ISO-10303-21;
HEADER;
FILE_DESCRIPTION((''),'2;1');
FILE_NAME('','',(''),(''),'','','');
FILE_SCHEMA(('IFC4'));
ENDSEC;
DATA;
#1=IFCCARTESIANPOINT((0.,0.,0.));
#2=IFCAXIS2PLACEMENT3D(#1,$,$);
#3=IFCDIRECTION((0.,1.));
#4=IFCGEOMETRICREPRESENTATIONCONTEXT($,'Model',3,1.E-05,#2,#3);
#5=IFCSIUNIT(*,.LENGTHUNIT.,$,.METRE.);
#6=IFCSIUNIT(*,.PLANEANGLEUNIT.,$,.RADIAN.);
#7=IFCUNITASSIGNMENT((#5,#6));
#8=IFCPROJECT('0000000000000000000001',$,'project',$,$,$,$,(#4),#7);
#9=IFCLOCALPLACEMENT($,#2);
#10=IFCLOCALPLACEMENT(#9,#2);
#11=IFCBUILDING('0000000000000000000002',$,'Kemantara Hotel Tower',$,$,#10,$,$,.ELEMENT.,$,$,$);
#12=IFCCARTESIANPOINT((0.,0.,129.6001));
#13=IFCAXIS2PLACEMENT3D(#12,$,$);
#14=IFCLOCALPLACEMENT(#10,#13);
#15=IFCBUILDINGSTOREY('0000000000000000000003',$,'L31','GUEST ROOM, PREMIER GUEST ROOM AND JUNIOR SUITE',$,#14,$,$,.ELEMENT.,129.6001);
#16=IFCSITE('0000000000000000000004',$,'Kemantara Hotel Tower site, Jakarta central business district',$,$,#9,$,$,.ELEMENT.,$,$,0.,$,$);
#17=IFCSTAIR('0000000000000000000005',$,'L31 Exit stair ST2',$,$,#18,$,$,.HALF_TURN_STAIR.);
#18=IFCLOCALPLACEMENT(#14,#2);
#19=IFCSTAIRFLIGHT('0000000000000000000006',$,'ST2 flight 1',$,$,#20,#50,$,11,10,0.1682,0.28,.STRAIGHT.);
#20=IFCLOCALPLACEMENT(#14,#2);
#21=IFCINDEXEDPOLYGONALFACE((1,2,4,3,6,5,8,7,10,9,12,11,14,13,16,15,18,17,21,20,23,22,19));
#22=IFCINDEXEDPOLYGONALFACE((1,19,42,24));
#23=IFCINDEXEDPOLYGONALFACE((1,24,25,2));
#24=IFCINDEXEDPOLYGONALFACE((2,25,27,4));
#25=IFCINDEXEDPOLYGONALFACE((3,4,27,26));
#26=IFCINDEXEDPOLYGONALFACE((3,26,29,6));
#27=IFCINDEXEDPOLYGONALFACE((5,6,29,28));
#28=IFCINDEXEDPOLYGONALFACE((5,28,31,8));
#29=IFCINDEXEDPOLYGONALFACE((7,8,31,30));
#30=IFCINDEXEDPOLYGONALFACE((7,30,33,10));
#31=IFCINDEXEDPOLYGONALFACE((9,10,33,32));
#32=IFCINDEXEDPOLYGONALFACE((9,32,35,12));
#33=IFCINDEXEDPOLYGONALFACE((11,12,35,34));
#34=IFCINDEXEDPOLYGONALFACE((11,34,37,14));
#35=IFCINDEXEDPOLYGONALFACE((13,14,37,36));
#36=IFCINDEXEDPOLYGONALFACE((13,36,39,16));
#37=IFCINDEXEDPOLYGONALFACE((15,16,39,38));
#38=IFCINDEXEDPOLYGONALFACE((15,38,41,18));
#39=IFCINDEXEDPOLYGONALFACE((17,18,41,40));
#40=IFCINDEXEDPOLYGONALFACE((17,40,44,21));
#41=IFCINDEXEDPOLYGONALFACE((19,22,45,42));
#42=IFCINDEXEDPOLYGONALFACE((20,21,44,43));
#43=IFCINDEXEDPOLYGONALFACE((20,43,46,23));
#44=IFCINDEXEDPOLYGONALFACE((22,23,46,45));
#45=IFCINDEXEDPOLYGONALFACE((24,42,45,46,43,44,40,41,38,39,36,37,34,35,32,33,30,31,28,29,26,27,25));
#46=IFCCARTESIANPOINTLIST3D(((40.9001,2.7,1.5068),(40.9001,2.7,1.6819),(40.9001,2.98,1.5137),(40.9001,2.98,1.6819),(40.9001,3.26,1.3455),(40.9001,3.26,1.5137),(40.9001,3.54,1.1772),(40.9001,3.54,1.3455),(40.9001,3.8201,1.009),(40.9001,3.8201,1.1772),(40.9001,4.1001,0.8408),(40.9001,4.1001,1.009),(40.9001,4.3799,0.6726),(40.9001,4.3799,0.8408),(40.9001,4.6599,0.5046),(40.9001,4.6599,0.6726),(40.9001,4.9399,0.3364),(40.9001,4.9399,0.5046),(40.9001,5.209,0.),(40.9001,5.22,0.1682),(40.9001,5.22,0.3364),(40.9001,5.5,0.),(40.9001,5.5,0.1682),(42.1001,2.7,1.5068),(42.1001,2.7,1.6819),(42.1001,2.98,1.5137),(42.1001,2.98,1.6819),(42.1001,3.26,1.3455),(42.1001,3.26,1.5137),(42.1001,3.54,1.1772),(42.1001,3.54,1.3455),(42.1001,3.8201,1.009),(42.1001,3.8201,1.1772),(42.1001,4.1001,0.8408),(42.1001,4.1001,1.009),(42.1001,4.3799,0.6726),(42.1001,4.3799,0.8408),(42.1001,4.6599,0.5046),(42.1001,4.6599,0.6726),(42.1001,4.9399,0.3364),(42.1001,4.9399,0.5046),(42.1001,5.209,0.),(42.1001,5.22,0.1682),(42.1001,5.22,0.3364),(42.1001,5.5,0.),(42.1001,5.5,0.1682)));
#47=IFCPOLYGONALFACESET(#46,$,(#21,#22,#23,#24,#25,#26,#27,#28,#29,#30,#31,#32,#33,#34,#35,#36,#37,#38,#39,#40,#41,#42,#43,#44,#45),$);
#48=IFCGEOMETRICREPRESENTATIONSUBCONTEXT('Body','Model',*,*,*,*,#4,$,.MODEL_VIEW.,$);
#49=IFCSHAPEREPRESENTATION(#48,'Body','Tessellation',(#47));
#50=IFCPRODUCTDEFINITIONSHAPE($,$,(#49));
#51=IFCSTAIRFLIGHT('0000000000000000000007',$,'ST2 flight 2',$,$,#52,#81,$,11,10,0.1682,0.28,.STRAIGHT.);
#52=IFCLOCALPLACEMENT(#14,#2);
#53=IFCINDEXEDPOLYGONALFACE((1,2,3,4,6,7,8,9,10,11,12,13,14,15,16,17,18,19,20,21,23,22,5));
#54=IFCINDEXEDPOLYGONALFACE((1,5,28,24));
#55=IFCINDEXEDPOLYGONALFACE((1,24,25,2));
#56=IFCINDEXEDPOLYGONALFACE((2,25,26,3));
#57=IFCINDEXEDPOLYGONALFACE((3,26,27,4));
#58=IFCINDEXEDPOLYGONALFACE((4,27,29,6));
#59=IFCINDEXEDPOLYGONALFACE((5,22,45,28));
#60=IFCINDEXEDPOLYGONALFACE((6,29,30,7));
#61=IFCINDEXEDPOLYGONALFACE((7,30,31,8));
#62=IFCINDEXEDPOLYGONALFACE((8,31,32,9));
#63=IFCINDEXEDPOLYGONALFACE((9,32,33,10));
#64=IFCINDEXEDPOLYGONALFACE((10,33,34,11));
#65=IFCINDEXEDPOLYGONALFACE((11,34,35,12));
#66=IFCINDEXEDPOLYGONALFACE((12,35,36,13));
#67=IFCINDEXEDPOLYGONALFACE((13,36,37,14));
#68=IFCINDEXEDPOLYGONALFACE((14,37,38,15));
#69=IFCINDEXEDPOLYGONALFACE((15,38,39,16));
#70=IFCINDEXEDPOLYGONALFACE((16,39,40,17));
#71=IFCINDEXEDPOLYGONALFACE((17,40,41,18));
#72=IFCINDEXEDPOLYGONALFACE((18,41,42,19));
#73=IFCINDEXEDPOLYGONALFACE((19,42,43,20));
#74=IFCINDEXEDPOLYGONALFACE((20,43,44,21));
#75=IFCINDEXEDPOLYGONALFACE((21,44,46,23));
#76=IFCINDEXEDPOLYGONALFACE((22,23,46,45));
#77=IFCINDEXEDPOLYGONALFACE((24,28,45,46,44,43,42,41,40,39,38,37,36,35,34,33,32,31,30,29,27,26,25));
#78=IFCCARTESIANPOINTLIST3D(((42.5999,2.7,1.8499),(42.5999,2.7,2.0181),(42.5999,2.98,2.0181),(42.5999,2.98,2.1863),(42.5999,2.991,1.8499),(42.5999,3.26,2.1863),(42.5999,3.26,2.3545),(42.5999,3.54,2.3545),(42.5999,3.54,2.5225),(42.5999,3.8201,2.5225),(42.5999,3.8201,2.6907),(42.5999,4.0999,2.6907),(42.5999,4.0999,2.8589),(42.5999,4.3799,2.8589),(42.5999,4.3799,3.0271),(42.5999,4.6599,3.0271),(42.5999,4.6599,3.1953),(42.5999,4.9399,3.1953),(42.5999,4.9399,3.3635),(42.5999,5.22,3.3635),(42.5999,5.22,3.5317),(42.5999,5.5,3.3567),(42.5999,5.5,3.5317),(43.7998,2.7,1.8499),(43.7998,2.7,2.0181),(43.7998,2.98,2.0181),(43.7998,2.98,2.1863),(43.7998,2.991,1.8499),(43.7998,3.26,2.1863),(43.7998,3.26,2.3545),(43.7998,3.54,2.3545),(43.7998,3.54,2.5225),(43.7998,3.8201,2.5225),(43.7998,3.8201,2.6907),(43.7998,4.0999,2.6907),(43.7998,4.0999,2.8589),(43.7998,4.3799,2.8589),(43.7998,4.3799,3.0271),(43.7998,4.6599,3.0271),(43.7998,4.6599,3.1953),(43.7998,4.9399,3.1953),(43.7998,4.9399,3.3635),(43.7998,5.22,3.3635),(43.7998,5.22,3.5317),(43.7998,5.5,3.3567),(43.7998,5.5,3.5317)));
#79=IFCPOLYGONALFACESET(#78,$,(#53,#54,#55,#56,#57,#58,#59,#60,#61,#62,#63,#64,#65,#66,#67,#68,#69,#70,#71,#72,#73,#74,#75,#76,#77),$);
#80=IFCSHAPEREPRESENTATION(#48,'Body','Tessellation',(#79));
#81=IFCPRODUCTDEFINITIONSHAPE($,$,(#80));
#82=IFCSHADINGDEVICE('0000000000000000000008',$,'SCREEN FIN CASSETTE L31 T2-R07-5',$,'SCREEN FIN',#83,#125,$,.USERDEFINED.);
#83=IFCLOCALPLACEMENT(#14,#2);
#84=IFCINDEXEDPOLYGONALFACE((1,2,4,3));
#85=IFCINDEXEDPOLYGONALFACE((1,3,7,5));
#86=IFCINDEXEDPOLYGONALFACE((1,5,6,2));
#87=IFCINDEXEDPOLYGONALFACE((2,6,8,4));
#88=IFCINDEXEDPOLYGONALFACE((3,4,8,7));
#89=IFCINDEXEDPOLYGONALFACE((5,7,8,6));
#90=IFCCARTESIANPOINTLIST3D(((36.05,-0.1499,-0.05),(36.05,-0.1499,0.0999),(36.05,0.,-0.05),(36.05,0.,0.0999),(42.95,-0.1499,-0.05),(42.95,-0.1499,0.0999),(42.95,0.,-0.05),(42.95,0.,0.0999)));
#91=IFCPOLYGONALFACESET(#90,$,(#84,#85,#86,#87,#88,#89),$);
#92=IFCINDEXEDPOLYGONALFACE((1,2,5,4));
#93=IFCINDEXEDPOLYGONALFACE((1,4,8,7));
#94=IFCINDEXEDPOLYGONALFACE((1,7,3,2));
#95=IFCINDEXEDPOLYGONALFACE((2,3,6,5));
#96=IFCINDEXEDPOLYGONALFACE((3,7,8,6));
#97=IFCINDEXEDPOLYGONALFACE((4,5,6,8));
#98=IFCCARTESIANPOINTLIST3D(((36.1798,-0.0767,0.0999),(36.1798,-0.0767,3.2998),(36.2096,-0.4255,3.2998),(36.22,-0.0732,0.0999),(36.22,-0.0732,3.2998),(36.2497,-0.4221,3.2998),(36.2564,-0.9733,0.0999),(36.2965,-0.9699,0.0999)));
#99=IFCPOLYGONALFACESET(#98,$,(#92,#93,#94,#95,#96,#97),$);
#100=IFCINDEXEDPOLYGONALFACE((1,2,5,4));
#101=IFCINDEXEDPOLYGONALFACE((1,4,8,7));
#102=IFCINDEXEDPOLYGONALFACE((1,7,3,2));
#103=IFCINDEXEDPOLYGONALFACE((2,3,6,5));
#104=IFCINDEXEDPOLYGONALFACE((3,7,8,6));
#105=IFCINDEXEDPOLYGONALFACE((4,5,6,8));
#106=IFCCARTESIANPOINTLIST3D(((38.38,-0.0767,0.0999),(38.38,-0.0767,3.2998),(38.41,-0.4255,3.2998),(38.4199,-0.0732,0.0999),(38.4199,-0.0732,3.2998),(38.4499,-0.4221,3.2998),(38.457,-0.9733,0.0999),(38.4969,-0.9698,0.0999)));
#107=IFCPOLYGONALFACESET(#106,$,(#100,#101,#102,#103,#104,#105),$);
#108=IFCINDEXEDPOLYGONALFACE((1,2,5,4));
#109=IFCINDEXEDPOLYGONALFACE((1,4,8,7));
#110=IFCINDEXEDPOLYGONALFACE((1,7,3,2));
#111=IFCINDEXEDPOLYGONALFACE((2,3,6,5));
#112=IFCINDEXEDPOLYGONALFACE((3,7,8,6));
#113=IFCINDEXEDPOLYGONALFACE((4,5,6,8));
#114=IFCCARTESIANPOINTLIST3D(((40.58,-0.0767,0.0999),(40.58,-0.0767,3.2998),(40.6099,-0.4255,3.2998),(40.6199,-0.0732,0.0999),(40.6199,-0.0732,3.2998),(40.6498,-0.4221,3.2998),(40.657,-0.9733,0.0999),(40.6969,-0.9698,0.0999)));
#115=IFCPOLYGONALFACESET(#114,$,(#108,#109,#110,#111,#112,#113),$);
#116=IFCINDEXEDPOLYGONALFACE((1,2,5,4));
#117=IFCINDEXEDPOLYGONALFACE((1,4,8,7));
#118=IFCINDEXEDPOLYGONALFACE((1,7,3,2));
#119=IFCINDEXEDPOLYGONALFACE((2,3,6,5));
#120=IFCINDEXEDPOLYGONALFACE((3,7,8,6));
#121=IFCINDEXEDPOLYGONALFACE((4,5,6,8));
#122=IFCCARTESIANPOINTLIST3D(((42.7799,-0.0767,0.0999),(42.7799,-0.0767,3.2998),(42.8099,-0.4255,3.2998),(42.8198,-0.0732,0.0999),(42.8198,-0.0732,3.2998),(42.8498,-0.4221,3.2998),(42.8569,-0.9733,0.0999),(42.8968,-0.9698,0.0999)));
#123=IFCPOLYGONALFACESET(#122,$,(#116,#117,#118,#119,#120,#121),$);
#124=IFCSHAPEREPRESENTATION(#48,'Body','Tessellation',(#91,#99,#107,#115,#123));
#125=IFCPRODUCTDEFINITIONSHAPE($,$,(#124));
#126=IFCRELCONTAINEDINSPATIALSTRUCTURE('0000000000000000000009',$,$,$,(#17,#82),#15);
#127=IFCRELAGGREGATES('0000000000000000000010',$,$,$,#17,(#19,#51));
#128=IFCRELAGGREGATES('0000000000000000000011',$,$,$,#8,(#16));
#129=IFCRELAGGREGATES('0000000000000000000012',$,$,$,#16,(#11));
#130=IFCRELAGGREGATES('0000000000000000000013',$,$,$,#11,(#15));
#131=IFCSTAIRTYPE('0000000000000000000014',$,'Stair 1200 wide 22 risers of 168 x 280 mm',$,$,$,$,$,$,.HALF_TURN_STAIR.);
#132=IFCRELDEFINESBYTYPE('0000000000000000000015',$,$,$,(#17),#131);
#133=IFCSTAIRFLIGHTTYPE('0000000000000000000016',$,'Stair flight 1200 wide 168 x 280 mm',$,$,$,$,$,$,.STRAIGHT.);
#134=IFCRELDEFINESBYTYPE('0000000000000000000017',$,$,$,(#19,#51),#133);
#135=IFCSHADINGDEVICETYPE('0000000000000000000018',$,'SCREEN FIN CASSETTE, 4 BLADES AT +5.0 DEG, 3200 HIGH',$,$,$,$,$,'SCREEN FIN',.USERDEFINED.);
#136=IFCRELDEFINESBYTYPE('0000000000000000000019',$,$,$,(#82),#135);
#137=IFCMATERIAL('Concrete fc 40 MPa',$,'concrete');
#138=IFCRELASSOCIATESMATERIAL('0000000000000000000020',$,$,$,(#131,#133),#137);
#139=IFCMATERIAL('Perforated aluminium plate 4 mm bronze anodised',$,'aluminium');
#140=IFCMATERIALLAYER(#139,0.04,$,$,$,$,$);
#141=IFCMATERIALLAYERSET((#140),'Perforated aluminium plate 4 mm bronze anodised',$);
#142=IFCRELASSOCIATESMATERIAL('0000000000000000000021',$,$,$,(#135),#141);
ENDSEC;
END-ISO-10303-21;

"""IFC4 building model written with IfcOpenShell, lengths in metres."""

from ifc_helpers import new_model, si_unit, direction, frame, origin, origin_2d, place, context, subcontext, project, spatial, polyline, rectangle, outline, extrude, source, transform, mapped, material, layer, layer_set, type_object, element, aggregate, save


model = new_model("IFC4")

# Units and contexts
model_context = context("Model", 3, precision=1e-05, world=origin(), true_north=direction((0.0, 1.0)))
body_context = subcontext(model_context, "Body", "Model", "MODEL_VIEW")
ifc_project = project(units=[si_unit("LENGTHUNIT", "METRE"), si_unit("PLANEANGLEUNIT", "RADIAN")], contexts=[model_context])

# Site, building, storey
site_placement = place(None, origin())
site = spatial("IfcSite", under=ifc_project, at=site_placement, Name="Kemantara Hotel Tower site, Jakarta central business district", CompositionType="ELEMENT", RefElevation=0.0)
building_placement = place(site_placement, origin())
building = spatial("IfcBuilding", under=site, at=building_placement, Name="Kemantara Hotel Tower", CompositionType="ELEMENT")
storey_placement = place(building_placement, frame((0.0, 0.0, 129.6001)))
storey = spatial("IfcBuildingStorey", under=building, at=storey_placement, Name="L31", Description="GUEST ROOM, PREMIER GUEST ROOM AND JUNIOR SUITE", CompositionType="ELEMENT", Elevation=129.6001)

# Stair, stair flights
ifc_material_1 = material(Name="Concrete fc 40 MPa", Category="concrete")
stair_type = type_object("IfcStairType", Name="Stair 1200 wide 22 risers of 168 x 280 mm", PredefinedType="HALF_TURN_STAIR", material=ifc_material_1)
stair_placement = place(storey_placement, origin())
stair = element("IfcStair", 1, at=stair_placement, inside=storey, type_object=stair_type, Name="L31 Exit stair ST2", PredefinedType="HALF_TURN_STAIR")
stair_flight_type = type_object("IfcStairFlightType", Name="Stair flight 1200 wide 168 x 280 mm", PredefinedType="STRAIGHT", material=ifc_material_1)
stair_flight_1_placement = place(storey_placement, frame((41.5, 5.5, 0.0), z_axis=(0.0, 0.0, 1.0), x_axis=(0.0, -1.0, 0.0)))
stair_flight_1 = element("IfcStairFlight", 2, at=stair_flight_1_placement, type_object=stair_flight_type, Name="ST2 flight 1", NumberOfRisers=11, NumberOfTreads=10, PredefinedType="STRAIGHT", RiserHeight=0.1682, TreadLength=0.28, context=body_context, shape_type="SweptSolid", body=[
    extrude(outline(polyline([(0.0, 0.0), (0.0, 0.1682), (0.28, 0.1682), (0.28, 0.3364), (0.5601, 0.3364), (0.5601, 0.5046), (0.8401, 0.5046), (0.8401, 0.6726), (1.1201, 0.6726), (1.1201, 0.8408), (1.3999, 0.8408), (1.3999, 1.009), (1.6799, 1.009), (1.6799, 1.1772), (1.96, 1.1772), (1.96, 1.3455), (2.24, 1.3455), (2.24, 1.5137), (2.52, 1.5137), (2.52, 1.6819), (2.8, 1.6819), (2.8, 1.8501), (2.8, 1.5068), (0.291, 0.0), (0.0, 0.0)])), frame((0.0, 0.6001, 0.0), z_axis=(0.0, -1.0, 0.0), x_axis=(1.0, 0.0, 0.0)), (0.0, 0.0, 1.0), 1.2),
])
stair_flight_2_placement = place(storey_placement, frame((43.2, 2.7, 1.8499), z_axis=(0.0, 0.0, 1.0), x_axis=(0.0, 1.0, 0.0)))
stair_flight_2 = element("IfcStairFlight", 3, at=stair_flight_2_placement, type_object=stair_flight_type, Name="ST2 flight 2", NumberOfRisers=11, NumberOfTreads=10, PredefinedType="STRAIGHT", RiserHeight=0.1682, TreadLength=0.28, context=body_context, shape_type="SweptSolid", body=[
    extrude(outline(polyline([(0.0, 0.0), (0.0, 0.1682), (0.28, 0.1682), (0.28, 0.3364), (0.5601, 0.3364), (0.5601, 0.5046), (0.8401, 0.5046), (0.8401, 0.6726), (1.1201, 0.6726), (1.1201, 0.8408), (1.3999, 0.8408), (1.3999, 1.009), (1.6799, 1.009), (1.6799, 1.1772), (1.96, 1.1772), (1.96, 1.3455), (2.24, 1.3455), (2.24, 1.5137), (2.52, 1.5137), (2.52, 1.6819), (2.8, 1.6819), (2.8, 1.8501), (2.8, 1.5068), (0.291, 0.0), (0.0, 0.0)])), frame((0.0, 0.6001, 0.0), z_axis=(0.0, -1.0, 0.0), x_axis=(1.0, 0.0, 0.0)), (0.0, 0.0, 1.0), 1.2),
])
aggregate(stair, [stair_flight_1, stair_flight_2])

# Shading device
ifc_material_2 = material(Name="Perforated aluminium plate 4 mm bronze anodised", Category="aluminium")
ifc_layer_1 = layer(ifc_material_2, 0.04)
ifc_layer_set_1 = layer_set([ifc_layer_1], Name="Perforated aluminium plate 4 mm bronze anodised")
shading_device_type = type_object("IfcShadingDeviceType", Name="SCREEN FIN CASSETTE, 4 BLADES AT +5.0 DEG, 3200 HIGH", ElementType="SCREEN FIN", PredefinedType="USERDEFINED", material=ifc_layer_set_1)
shared_shape = source(origin(), body_context, "Body", "SweptSolid", [
    extrude(rectangle(XDim=6.8999, YDim=0.1499, at=origin_2d()), frame((3.3, -0.075, -0.1499), z_axis=(0.0, 0.0, 1.0), x_axis=(1.0, 0.0, 0.0)), (0.0, 0.0, 1.0), 0.1499),
    extrude(outline(polyline([(0.0, 0.0), (0.8999, 0.0), (0.3501, 3.2), (0.0, 3.2), (0.0, 0.0)])), frame((0.02, -0.0732, 0.0), z_axis=(-0.996376, -0.085056, 0.0), x_axis=(0.085056, -0.996376, 0.0)), (0.0, 0.0, 1.0), 0.0403),
    extrude(outline(polyline([(0.0, 0.0), (0.8999, 0.0), (0.3501, 3.2), (0.0, 3.2), (0.0, 0.0)])), frame((2.22, -0.0732, 0.0), z_axis=(-0.996332, -0.085575, 0.0), x_axis=(0.085575, -0.996332, 0.0)), (0.0, 0.0, 1.0), 0.04),
    extrude(outline(polyline([(0.0, 0.0), (0.8999, 0.0), (0.3501, 3.2), (0.0, 3.2), (0.0, 0.0)])), frame((4.4199, -0.0732, 0.0), z_axis=(-0.996332, -0.085575, 0.0), x_axis=(0.085575, -0.996332, 0.0)), (0.0, 0.0, 1.0), 0.04),
    extrude(outline(polyline([(0.0, 0.0), (0.8999, 0.0), (0.3501, 3.2), (0.0, 3.2), (0.0, 0.0)])), frame((6.6199, -0.0732, 0.0), z_axis=(-0.996332, -0.085575, 0.0), x_axis=(0.085575, -0.996332, 0.0)), (0.0, 0.0, 1.0), 0.04),
])
shading_device_placement = place(storey_placement, frame((36.2, 0.0, 0.0999), z_axis=(0.0, 0.0, 1.0), x_axis=(1.0, 0.0, 0.0)))
element("IfcShadingDevice", 4, at=shading_device_placement, inside=storey, type_object=shading_device_type, Name="SCREEN FIN CASSETTE L31 T2-R07-5", ObjectType="SCREEN FIN", PredefinedType="USERDEFINED", context=body_context, shape_type="MappedRepresentation", body=[
    mapped(shared_shape, transform((0.0, 0.0, 0.0))),
])

save(model, "model.ifc")
